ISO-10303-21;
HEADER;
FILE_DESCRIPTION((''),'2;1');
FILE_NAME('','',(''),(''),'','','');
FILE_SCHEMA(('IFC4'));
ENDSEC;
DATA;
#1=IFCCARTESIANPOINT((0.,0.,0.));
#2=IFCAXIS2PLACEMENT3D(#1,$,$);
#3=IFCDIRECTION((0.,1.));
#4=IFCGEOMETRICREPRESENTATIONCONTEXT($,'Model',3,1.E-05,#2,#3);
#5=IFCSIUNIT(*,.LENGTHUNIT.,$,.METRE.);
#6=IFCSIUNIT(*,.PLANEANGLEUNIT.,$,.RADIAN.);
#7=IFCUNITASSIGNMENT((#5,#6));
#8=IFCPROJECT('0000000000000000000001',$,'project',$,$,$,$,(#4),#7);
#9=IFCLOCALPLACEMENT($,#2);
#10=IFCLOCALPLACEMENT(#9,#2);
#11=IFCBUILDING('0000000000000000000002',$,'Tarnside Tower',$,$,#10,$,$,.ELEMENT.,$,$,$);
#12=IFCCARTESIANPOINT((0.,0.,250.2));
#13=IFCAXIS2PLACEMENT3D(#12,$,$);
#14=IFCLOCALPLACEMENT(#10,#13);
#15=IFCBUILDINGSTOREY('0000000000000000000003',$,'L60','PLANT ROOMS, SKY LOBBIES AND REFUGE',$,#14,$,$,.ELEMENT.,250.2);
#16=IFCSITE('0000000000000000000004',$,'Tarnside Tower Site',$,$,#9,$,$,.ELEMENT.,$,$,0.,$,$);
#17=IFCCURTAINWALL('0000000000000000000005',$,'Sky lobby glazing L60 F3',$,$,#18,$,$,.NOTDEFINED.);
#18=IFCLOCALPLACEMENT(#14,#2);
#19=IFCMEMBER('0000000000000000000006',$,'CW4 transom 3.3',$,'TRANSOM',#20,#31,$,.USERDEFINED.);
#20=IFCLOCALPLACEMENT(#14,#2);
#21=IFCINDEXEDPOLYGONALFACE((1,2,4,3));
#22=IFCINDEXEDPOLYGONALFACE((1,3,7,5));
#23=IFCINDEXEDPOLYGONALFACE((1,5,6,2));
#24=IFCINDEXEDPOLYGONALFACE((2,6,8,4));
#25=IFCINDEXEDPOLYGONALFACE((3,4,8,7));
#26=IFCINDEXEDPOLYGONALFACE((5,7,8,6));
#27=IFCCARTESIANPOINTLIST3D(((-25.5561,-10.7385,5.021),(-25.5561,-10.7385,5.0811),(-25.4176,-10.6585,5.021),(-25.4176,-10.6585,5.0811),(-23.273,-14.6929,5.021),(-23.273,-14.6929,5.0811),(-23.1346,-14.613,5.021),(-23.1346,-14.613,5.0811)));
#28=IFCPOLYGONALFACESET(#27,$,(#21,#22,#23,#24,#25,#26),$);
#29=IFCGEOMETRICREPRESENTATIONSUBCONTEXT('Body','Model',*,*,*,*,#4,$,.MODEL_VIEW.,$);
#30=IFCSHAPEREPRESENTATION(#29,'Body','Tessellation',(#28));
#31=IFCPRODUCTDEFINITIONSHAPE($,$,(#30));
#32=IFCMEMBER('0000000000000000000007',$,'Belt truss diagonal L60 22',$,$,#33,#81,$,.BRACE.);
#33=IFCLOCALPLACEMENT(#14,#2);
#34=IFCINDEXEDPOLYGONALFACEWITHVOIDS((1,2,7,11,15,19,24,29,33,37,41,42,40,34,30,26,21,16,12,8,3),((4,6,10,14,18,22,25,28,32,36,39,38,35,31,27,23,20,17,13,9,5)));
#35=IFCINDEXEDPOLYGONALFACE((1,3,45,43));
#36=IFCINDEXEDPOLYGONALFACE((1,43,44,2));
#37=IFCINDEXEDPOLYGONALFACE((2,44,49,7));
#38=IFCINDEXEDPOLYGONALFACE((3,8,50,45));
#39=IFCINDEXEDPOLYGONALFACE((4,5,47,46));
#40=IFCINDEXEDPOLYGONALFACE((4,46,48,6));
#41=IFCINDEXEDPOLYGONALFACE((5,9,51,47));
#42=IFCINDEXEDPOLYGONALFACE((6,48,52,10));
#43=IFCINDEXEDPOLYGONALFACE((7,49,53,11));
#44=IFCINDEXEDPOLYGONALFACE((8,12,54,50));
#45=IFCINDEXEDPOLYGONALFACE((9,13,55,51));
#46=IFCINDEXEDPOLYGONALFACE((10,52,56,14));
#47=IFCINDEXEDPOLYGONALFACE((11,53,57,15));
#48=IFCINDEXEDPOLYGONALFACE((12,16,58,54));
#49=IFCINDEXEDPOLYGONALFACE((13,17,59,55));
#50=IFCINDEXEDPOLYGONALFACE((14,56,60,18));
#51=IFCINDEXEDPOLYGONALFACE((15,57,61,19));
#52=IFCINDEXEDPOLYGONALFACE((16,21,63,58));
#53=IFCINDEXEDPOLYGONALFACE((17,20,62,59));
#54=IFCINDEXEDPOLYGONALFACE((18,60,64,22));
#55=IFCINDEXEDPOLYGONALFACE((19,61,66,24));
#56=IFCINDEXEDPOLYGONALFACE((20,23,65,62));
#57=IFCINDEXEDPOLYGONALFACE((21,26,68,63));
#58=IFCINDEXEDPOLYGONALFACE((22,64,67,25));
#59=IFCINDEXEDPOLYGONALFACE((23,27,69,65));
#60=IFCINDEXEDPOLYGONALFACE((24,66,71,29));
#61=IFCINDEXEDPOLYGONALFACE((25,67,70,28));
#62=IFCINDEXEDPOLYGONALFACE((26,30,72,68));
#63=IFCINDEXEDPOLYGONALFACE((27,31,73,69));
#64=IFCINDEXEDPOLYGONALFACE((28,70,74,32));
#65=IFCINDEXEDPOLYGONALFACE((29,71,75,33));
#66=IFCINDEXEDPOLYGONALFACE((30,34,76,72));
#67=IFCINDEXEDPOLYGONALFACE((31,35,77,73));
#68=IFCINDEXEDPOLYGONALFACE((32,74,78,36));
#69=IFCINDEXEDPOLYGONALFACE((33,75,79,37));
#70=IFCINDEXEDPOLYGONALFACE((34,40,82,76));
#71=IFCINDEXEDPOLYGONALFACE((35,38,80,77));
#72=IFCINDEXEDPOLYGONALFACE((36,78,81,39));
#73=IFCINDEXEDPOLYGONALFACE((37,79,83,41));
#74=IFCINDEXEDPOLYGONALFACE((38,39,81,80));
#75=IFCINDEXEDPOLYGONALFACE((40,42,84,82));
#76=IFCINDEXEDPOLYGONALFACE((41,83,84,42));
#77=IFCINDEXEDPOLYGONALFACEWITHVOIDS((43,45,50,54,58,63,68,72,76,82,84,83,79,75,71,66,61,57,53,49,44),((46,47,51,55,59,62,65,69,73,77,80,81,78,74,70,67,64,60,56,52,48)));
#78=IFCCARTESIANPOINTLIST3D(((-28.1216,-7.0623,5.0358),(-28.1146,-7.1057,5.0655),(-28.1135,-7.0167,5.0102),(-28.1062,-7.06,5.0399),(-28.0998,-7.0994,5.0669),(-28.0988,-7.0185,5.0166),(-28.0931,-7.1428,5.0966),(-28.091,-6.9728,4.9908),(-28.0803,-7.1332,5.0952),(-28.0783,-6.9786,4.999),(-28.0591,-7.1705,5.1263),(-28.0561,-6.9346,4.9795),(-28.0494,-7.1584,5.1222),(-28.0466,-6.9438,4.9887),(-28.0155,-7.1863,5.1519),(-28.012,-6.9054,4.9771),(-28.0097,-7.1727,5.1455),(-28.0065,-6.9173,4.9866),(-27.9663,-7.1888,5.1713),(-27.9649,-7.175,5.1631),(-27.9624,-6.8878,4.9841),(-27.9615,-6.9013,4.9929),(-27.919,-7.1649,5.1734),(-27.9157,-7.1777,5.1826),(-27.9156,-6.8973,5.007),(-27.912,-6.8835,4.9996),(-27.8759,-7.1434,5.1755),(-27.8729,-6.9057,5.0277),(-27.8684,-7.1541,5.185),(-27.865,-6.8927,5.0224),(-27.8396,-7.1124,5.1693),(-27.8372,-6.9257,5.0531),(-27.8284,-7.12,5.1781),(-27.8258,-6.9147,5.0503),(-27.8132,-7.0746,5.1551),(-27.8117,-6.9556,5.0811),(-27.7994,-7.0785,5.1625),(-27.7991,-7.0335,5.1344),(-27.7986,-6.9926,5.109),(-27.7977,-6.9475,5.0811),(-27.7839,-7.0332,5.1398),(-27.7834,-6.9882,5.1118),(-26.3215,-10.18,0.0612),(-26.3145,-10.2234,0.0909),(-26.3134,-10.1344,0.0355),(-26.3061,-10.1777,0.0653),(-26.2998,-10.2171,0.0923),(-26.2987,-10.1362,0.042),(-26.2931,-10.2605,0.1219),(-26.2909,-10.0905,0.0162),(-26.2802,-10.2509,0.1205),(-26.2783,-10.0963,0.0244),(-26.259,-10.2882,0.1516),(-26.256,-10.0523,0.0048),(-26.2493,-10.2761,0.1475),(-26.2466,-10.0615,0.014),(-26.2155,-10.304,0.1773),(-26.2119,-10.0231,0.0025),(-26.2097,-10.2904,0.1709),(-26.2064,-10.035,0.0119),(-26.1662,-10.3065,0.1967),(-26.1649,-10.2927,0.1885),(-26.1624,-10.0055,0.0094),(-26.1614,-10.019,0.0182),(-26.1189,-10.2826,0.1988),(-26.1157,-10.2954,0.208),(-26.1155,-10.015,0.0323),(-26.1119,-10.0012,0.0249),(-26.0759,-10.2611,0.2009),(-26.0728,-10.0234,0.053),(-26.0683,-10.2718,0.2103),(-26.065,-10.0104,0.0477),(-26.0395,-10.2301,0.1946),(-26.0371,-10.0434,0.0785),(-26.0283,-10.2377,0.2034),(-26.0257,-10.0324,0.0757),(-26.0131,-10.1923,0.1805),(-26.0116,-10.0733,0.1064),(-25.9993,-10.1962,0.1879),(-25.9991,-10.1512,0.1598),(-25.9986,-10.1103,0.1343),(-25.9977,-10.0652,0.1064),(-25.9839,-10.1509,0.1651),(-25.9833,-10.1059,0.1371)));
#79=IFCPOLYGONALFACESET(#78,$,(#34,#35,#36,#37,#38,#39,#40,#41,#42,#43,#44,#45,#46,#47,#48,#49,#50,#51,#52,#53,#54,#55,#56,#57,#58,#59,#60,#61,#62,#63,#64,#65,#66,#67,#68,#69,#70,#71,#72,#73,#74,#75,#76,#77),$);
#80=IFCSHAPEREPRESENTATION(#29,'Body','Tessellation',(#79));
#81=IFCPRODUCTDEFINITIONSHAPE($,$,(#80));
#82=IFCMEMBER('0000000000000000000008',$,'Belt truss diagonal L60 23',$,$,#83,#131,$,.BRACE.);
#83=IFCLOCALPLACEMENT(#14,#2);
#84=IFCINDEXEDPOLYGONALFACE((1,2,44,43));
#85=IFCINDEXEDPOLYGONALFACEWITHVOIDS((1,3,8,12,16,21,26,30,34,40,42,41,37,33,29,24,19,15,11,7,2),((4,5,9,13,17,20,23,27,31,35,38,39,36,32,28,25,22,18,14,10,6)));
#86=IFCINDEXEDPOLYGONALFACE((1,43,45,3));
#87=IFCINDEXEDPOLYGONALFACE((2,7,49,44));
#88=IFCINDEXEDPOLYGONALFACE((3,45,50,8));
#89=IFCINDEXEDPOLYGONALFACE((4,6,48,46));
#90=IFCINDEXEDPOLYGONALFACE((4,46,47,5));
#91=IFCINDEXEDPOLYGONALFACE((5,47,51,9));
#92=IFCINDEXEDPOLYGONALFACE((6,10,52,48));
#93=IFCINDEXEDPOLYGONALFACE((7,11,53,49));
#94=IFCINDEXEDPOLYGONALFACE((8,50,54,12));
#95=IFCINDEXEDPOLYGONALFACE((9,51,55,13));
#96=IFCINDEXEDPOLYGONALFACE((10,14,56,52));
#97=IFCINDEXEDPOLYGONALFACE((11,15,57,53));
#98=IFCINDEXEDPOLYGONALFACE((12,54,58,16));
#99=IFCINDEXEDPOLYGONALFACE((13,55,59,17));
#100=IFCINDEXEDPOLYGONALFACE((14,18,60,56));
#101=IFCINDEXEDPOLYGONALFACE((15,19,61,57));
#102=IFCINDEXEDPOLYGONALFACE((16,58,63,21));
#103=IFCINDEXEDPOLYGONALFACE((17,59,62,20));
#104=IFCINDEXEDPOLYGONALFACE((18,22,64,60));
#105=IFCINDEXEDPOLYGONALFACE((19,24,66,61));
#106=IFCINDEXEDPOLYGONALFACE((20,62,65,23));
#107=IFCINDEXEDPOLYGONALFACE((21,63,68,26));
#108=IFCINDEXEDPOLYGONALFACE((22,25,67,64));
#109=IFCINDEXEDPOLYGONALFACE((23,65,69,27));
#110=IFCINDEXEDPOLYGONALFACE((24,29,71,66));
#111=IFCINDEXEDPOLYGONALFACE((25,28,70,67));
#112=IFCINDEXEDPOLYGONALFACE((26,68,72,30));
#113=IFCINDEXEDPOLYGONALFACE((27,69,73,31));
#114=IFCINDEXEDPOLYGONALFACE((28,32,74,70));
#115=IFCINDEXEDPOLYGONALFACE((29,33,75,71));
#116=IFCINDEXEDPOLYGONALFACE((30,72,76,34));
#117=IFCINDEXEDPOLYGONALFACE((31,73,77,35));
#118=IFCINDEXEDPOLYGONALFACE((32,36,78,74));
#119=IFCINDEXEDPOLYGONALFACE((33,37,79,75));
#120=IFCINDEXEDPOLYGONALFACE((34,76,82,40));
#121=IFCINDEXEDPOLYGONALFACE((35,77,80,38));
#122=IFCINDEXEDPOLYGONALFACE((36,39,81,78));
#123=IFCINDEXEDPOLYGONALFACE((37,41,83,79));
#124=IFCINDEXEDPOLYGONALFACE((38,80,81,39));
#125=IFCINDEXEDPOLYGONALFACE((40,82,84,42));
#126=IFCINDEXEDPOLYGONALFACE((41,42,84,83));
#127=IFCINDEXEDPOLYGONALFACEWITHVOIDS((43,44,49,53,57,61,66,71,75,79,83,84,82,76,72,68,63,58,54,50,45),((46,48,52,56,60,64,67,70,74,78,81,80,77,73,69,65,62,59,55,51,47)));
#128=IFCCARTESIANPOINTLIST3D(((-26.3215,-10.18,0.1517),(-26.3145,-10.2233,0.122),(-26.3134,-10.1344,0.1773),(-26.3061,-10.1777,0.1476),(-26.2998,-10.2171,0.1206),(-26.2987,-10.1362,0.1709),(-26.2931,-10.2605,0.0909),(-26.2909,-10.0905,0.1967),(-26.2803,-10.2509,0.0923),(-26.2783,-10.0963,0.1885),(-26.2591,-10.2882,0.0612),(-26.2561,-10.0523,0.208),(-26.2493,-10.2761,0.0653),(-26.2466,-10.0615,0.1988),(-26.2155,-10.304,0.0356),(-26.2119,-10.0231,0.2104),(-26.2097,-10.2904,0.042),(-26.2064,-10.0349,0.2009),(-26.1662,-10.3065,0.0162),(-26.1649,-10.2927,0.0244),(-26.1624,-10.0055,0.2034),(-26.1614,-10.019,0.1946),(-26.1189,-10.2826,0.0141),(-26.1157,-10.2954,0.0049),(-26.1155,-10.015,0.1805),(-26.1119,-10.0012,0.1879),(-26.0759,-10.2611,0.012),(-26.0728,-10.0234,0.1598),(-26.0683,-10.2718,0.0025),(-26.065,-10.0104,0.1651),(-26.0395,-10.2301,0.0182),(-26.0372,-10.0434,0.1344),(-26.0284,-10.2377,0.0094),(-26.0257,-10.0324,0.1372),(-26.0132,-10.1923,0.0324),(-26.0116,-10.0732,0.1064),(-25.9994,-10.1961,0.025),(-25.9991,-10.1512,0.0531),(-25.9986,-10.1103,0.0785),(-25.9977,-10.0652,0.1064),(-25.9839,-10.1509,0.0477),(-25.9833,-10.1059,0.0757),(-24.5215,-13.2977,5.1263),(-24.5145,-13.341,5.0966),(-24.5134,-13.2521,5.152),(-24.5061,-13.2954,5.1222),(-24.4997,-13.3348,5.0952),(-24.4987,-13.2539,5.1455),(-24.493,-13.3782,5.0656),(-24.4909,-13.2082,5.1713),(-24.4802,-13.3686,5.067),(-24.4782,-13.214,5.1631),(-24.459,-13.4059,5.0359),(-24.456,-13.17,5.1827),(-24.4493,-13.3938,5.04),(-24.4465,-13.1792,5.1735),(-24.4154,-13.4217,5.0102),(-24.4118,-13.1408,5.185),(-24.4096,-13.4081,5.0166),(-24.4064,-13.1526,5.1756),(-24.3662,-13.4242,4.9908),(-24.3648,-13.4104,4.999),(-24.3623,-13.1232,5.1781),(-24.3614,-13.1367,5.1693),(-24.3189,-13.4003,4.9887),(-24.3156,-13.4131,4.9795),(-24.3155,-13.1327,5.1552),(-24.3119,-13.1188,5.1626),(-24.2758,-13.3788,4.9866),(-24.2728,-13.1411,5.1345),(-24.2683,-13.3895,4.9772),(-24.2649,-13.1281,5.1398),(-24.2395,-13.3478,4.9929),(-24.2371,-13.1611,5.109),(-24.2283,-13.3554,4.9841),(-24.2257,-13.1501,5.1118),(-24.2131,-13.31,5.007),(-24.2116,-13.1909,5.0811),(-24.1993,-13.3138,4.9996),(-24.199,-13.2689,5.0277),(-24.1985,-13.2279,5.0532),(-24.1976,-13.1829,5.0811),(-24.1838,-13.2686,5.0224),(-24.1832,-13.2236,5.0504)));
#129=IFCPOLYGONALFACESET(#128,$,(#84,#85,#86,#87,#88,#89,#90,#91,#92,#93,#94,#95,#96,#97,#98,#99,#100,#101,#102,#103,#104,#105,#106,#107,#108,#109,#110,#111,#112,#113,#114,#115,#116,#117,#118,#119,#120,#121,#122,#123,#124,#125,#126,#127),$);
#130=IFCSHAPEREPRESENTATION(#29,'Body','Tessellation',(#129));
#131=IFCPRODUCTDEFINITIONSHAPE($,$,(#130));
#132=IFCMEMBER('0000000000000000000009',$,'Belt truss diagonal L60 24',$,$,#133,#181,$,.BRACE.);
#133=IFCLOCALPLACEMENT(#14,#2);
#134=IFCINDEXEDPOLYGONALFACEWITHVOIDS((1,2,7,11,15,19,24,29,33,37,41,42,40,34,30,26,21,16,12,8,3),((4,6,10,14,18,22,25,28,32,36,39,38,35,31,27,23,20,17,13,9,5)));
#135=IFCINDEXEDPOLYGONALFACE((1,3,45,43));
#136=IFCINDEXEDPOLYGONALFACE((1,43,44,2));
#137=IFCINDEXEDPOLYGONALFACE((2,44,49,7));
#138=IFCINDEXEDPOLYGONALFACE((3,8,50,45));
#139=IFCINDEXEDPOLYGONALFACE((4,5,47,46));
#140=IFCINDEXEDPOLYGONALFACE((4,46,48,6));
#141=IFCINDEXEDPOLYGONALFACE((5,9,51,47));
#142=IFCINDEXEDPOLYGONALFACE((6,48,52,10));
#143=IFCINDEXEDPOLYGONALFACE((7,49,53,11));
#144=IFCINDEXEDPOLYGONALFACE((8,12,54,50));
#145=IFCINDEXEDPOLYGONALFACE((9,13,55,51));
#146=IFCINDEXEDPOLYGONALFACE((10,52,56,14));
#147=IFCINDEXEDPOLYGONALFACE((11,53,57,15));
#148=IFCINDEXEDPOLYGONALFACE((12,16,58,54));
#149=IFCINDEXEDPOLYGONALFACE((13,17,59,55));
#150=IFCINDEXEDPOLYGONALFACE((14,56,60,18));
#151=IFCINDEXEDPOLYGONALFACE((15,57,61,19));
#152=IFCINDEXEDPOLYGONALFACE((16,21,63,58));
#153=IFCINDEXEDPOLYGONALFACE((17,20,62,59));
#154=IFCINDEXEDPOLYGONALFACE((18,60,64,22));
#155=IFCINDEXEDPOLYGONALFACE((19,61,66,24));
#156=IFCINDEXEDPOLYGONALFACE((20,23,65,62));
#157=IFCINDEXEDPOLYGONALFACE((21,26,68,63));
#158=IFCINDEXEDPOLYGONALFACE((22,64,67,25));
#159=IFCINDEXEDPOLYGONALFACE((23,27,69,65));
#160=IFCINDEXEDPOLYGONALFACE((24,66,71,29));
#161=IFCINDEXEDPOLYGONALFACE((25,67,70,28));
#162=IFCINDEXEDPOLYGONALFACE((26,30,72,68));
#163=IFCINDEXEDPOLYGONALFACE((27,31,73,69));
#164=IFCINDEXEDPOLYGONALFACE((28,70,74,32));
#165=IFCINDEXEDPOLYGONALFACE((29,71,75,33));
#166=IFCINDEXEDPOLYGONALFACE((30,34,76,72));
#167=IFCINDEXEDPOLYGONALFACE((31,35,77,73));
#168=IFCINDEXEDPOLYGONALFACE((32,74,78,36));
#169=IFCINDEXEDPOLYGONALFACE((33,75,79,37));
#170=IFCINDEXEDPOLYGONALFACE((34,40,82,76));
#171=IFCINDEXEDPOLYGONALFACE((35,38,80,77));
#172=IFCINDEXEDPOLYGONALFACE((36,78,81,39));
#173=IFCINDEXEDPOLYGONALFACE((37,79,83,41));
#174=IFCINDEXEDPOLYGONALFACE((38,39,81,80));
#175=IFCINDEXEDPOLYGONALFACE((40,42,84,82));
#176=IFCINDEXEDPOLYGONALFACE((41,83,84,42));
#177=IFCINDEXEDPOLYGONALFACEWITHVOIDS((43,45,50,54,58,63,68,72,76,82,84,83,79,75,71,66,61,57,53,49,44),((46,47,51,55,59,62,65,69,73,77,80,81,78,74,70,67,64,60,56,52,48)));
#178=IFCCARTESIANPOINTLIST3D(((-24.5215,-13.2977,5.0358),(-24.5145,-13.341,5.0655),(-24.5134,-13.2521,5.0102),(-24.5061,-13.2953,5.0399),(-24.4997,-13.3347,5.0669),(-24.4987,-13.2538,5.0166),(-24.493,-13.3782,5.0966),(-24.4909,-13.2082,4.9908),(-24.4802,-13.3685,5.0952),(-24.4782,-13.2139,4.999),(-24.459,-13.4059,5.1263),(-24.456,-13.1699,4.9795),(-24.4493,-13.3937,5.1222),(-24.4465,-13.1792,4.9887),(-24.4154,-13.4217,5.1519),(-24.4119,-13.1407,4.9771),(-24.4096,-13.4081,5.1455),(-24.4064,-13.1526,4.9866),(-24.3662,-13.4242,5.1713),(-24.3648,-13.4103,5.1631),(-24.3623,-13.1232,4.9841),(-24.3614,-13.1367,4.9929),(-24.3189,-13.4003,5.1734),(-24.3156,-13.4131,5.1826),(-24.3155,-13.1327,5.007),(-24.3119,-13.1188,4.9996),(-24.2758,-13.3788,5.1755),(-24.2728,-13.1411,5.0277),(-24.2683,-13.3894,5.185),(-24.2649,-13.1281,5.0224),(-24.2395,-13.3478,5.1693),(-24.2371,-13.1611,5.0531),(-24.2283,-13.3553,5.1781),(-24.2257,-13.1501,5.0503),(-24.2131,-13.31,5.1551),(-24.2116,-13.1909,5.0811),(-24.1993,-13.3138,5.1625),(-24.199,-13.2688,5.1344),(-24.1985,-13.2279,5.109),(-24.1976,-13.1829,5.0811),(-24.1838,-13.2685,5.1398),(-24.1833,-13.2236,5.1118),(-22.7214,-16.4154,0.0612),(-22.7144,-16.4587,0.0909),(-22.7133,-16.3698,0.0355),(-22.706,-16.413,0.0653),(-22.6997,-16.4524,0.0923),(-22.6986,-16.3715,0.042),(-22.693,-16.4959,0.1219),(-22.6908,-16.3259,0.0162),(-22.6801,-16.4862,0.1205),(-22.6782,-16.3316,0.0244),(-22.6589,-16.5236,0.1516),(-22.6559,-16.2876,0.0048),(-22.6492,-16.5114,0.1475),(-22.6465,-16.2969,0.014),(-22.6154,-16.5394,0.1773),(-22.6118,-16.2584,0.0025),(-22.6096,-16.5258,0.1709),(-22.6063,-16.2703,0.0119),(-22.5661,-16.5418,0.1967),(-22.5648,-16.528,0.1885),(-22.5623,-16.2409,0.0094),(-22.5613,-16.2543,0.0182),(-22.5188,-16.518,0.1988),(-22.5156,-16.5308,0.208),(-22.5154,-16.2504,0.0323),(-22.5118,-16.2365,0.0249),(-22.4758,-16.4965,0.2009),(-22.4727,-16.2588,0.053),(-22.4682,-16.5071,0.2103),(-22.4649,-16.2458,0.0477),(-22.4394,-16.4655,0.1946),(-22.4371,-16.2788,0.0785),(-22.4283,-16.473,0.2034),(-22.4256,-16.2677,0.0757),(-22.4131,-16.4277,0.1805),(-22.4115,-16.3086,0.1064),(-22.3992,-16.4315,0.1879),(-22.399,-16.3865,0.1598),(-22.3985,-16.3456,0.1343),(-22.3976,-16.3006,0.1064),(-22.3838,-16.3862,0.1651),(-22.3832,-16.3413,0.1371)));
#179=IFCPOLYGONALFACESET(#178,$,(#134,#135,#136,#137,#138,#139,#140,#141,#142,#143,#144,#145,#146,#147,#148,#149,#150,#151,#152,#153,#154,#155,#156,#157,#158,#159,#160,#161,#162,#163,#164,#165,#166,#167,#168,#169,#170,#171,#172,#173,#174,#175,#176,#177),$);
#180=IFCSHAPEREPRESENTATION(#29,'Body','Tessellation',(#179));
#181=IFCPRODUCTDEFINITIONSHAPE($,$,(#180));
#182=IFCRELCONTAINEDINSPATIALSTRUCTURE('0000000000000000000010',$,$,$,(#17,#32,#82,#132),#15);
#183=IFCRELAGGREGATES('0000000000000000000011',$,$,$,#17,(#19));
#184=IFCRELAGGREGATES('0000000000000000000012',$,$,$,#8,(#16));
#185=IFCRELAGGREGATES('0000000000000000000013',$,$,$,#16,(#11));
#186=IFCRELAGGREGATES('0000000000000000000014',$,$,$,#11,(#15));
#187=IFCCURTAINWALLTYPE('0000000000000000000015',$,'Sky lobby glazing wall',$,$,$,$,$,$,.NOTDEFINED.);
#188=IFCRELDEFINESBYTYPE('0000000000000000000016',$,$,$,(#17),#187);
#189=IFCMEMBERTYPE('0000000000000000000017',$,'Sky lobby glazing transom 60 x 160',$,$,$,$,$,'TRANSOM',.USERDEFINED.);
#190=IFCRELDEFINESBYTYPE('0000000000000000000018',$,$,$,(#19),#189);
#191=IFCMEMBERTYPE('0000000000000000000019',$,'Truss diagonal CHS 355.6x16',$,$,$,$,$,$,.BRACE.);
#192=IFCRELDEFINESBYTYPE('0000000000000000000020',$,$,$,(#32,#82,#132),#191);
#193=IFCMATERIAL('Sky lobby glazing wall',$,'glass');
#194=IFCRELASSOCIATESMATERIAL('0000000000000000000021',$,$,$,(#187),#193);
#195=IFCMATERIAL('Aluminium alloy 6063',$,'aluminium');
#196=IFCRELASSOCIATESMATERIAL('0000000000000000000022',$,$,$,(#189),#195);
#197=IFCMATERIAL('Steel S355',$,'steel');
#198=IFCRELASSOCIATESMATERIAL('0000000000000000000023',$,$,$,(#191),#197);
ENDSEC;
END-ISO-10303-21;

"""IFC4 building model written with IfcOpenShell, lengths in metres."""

from ifc_helpers import new_model, si_unit, direction, frame, origin, origin_2d, place, context, subcontext, project, spatial, rectangle, hollow_circle, extrude, material, material_profile, profile_set, type_object, element, aggregate, save


model = new_model("IFC4")

# Units and contexts
model_context = context("Model", 3, precision=1e-05, world=origin(), true_north=direction((0.0, 1.0)))
body_context = subcontext(model_context, "Body", "Model", "MODEL_VIEW")
ifc_project = project(units=[si_unit("LENGTHUNIT", "METRE"), si_unit("PLANEANGLEUNIT", "RADIAN")], contexts=[model_context])

# Site, building, storey
site_placement = place(None, origin())
site = spatial("IfcSite", under=ifc_project, at=site_placement, Name="Tarnside Tower Site", CompositionType="ELEMENT", RefElevation=0.0)
building_placement = place(site_placement, origin())
building = spatial("IfcBuilding", under=site, at=building_placement, Name="Tarnside Tower", CompositionType="ELEMENT")
storey_placement = place(building_placement, frame((0.0, 0.0, 250.2)))
storey = spatial("IfcBuildingStorey", under=building, at=storey_placement, Name="L60", Description="PLANT ROOMS, SKY LOBBIES AND REFUGE", CompositionType="ELEMENT", Elevation=250.2)

# Shared definitions
ifc_material_1 = material(Name="Steel S355", Category="steel")

# Curtain wall, member
ifc_material_2 = material(Name="Sky lobby glazing wall", Category="glass")
curtain_wall_type = type_object("IfcCurtainWallType", Name="Sky lobby glazing wall", PredefinedType="NOTDEFINED", material=ifc_material_2)
curtain_wall_placement = place(storey_placement, origin())
curtain_wall = element("IfcCurtainWall", 1, at=curtain_wall_placement, inside=storey, type_object=curtain_wall_type, Name="Sky lobby glazing L60 F3", PredefinedType="NOTDEFINED")
ifc_material_3 = material(Name="Aluminium alloy 6063", Category="aluminium")
ifc_material_profile_1 = material_profile(ifc_material_3, rectangle(XDim=0.1599, YDim=0.0601, at=origin_2d()), Name="Sky lobby glazing transom 60 x 160")
ifc_profile_set_1 = profile_set([ifc_material_profile_1], Name="Aluminium alloy 6063")
member_type_1 = type_object("IfcMemberType", Name="Sky lobby glazing transom 60 x 160", ElementType="TRANSOM", PredefinedType="USERDEFINED", material=ifc_profile_set_1)
member_1_placement = place(storey_placement, frame((-25.4868, -10.6985, 5.051), z_axis=(0.499986, -0.866033, 0.0), x_axis=(0.866033, 0.499986, 0.0)))
member_1 = element("IfcMember", 2, at=member_1_placement, type_object=member_type_1, Name="CW4 transom 3.3", ObjectType="TRANSOM", PredefinedType="USERDEFINED", context=body_context, shape_type="SweptSolid", body=[
    extrude(rectangle(XDim=0.1599, YDim=0.0601, at=origin_2d()), origin(), (0.0, 0.0, 1.0), 4.5662),
])

# Members
ifc_material_profile_2 = material_profile(ifc_material_1, hollow_circle(Radius=0.1777, WallThickness=0.0161, at=origin_2d()), Name="CHS 355.6x16")
ifc_profile_set_2 = profile_set([ifc_material_profile_2], Name="Steel S355")
member_type_2 = type_object("IfcMemberType", Name="Truss diagonal CHS 355.6x16", PredefinedType="BRACE", material=ifc_profile_set_2)
for number, where, z_axis, x_axis, name in (
    (3, (-27.9517, -7.0364, 5.0811), (0.29314, -0.507716, -0.810119), (0.866018, 0.500012, 0.0), "Belt truss diagonal L60 22"),
    (4, (-26.1516, -10.1541, 0.1064), (0.29314, -0.507716, 0.810119), (0.866018, 0.500012, 0.0), "Belt truss diagonal L60 23"),
    (5, (-24.3516, -13.2717, 5.0811), (0.29314, -0.507716, -0.810119), (0.866018, 0.500012, 0.0), "Belt truss diagonal L60 24"),
):
    element("IfcMember", number, at=place(storey_placement, frame(where, z_axis=z_axis, x_axis=x_axis)), inside=storey, type_object=member_type_2, Name=name, PredefinedType="BRACE", context=body_context, shape_type="SweptSolid", body=[
        extrude(hollow_circle(Radius=0.1777, WallThickness=0.0161, at=origin_2d()), origin(), (0.0, 0.0, 1.0), 6.1406),
    ])

aggregate(curtain_wall, [member_1])

save(model, "model.ifc")
